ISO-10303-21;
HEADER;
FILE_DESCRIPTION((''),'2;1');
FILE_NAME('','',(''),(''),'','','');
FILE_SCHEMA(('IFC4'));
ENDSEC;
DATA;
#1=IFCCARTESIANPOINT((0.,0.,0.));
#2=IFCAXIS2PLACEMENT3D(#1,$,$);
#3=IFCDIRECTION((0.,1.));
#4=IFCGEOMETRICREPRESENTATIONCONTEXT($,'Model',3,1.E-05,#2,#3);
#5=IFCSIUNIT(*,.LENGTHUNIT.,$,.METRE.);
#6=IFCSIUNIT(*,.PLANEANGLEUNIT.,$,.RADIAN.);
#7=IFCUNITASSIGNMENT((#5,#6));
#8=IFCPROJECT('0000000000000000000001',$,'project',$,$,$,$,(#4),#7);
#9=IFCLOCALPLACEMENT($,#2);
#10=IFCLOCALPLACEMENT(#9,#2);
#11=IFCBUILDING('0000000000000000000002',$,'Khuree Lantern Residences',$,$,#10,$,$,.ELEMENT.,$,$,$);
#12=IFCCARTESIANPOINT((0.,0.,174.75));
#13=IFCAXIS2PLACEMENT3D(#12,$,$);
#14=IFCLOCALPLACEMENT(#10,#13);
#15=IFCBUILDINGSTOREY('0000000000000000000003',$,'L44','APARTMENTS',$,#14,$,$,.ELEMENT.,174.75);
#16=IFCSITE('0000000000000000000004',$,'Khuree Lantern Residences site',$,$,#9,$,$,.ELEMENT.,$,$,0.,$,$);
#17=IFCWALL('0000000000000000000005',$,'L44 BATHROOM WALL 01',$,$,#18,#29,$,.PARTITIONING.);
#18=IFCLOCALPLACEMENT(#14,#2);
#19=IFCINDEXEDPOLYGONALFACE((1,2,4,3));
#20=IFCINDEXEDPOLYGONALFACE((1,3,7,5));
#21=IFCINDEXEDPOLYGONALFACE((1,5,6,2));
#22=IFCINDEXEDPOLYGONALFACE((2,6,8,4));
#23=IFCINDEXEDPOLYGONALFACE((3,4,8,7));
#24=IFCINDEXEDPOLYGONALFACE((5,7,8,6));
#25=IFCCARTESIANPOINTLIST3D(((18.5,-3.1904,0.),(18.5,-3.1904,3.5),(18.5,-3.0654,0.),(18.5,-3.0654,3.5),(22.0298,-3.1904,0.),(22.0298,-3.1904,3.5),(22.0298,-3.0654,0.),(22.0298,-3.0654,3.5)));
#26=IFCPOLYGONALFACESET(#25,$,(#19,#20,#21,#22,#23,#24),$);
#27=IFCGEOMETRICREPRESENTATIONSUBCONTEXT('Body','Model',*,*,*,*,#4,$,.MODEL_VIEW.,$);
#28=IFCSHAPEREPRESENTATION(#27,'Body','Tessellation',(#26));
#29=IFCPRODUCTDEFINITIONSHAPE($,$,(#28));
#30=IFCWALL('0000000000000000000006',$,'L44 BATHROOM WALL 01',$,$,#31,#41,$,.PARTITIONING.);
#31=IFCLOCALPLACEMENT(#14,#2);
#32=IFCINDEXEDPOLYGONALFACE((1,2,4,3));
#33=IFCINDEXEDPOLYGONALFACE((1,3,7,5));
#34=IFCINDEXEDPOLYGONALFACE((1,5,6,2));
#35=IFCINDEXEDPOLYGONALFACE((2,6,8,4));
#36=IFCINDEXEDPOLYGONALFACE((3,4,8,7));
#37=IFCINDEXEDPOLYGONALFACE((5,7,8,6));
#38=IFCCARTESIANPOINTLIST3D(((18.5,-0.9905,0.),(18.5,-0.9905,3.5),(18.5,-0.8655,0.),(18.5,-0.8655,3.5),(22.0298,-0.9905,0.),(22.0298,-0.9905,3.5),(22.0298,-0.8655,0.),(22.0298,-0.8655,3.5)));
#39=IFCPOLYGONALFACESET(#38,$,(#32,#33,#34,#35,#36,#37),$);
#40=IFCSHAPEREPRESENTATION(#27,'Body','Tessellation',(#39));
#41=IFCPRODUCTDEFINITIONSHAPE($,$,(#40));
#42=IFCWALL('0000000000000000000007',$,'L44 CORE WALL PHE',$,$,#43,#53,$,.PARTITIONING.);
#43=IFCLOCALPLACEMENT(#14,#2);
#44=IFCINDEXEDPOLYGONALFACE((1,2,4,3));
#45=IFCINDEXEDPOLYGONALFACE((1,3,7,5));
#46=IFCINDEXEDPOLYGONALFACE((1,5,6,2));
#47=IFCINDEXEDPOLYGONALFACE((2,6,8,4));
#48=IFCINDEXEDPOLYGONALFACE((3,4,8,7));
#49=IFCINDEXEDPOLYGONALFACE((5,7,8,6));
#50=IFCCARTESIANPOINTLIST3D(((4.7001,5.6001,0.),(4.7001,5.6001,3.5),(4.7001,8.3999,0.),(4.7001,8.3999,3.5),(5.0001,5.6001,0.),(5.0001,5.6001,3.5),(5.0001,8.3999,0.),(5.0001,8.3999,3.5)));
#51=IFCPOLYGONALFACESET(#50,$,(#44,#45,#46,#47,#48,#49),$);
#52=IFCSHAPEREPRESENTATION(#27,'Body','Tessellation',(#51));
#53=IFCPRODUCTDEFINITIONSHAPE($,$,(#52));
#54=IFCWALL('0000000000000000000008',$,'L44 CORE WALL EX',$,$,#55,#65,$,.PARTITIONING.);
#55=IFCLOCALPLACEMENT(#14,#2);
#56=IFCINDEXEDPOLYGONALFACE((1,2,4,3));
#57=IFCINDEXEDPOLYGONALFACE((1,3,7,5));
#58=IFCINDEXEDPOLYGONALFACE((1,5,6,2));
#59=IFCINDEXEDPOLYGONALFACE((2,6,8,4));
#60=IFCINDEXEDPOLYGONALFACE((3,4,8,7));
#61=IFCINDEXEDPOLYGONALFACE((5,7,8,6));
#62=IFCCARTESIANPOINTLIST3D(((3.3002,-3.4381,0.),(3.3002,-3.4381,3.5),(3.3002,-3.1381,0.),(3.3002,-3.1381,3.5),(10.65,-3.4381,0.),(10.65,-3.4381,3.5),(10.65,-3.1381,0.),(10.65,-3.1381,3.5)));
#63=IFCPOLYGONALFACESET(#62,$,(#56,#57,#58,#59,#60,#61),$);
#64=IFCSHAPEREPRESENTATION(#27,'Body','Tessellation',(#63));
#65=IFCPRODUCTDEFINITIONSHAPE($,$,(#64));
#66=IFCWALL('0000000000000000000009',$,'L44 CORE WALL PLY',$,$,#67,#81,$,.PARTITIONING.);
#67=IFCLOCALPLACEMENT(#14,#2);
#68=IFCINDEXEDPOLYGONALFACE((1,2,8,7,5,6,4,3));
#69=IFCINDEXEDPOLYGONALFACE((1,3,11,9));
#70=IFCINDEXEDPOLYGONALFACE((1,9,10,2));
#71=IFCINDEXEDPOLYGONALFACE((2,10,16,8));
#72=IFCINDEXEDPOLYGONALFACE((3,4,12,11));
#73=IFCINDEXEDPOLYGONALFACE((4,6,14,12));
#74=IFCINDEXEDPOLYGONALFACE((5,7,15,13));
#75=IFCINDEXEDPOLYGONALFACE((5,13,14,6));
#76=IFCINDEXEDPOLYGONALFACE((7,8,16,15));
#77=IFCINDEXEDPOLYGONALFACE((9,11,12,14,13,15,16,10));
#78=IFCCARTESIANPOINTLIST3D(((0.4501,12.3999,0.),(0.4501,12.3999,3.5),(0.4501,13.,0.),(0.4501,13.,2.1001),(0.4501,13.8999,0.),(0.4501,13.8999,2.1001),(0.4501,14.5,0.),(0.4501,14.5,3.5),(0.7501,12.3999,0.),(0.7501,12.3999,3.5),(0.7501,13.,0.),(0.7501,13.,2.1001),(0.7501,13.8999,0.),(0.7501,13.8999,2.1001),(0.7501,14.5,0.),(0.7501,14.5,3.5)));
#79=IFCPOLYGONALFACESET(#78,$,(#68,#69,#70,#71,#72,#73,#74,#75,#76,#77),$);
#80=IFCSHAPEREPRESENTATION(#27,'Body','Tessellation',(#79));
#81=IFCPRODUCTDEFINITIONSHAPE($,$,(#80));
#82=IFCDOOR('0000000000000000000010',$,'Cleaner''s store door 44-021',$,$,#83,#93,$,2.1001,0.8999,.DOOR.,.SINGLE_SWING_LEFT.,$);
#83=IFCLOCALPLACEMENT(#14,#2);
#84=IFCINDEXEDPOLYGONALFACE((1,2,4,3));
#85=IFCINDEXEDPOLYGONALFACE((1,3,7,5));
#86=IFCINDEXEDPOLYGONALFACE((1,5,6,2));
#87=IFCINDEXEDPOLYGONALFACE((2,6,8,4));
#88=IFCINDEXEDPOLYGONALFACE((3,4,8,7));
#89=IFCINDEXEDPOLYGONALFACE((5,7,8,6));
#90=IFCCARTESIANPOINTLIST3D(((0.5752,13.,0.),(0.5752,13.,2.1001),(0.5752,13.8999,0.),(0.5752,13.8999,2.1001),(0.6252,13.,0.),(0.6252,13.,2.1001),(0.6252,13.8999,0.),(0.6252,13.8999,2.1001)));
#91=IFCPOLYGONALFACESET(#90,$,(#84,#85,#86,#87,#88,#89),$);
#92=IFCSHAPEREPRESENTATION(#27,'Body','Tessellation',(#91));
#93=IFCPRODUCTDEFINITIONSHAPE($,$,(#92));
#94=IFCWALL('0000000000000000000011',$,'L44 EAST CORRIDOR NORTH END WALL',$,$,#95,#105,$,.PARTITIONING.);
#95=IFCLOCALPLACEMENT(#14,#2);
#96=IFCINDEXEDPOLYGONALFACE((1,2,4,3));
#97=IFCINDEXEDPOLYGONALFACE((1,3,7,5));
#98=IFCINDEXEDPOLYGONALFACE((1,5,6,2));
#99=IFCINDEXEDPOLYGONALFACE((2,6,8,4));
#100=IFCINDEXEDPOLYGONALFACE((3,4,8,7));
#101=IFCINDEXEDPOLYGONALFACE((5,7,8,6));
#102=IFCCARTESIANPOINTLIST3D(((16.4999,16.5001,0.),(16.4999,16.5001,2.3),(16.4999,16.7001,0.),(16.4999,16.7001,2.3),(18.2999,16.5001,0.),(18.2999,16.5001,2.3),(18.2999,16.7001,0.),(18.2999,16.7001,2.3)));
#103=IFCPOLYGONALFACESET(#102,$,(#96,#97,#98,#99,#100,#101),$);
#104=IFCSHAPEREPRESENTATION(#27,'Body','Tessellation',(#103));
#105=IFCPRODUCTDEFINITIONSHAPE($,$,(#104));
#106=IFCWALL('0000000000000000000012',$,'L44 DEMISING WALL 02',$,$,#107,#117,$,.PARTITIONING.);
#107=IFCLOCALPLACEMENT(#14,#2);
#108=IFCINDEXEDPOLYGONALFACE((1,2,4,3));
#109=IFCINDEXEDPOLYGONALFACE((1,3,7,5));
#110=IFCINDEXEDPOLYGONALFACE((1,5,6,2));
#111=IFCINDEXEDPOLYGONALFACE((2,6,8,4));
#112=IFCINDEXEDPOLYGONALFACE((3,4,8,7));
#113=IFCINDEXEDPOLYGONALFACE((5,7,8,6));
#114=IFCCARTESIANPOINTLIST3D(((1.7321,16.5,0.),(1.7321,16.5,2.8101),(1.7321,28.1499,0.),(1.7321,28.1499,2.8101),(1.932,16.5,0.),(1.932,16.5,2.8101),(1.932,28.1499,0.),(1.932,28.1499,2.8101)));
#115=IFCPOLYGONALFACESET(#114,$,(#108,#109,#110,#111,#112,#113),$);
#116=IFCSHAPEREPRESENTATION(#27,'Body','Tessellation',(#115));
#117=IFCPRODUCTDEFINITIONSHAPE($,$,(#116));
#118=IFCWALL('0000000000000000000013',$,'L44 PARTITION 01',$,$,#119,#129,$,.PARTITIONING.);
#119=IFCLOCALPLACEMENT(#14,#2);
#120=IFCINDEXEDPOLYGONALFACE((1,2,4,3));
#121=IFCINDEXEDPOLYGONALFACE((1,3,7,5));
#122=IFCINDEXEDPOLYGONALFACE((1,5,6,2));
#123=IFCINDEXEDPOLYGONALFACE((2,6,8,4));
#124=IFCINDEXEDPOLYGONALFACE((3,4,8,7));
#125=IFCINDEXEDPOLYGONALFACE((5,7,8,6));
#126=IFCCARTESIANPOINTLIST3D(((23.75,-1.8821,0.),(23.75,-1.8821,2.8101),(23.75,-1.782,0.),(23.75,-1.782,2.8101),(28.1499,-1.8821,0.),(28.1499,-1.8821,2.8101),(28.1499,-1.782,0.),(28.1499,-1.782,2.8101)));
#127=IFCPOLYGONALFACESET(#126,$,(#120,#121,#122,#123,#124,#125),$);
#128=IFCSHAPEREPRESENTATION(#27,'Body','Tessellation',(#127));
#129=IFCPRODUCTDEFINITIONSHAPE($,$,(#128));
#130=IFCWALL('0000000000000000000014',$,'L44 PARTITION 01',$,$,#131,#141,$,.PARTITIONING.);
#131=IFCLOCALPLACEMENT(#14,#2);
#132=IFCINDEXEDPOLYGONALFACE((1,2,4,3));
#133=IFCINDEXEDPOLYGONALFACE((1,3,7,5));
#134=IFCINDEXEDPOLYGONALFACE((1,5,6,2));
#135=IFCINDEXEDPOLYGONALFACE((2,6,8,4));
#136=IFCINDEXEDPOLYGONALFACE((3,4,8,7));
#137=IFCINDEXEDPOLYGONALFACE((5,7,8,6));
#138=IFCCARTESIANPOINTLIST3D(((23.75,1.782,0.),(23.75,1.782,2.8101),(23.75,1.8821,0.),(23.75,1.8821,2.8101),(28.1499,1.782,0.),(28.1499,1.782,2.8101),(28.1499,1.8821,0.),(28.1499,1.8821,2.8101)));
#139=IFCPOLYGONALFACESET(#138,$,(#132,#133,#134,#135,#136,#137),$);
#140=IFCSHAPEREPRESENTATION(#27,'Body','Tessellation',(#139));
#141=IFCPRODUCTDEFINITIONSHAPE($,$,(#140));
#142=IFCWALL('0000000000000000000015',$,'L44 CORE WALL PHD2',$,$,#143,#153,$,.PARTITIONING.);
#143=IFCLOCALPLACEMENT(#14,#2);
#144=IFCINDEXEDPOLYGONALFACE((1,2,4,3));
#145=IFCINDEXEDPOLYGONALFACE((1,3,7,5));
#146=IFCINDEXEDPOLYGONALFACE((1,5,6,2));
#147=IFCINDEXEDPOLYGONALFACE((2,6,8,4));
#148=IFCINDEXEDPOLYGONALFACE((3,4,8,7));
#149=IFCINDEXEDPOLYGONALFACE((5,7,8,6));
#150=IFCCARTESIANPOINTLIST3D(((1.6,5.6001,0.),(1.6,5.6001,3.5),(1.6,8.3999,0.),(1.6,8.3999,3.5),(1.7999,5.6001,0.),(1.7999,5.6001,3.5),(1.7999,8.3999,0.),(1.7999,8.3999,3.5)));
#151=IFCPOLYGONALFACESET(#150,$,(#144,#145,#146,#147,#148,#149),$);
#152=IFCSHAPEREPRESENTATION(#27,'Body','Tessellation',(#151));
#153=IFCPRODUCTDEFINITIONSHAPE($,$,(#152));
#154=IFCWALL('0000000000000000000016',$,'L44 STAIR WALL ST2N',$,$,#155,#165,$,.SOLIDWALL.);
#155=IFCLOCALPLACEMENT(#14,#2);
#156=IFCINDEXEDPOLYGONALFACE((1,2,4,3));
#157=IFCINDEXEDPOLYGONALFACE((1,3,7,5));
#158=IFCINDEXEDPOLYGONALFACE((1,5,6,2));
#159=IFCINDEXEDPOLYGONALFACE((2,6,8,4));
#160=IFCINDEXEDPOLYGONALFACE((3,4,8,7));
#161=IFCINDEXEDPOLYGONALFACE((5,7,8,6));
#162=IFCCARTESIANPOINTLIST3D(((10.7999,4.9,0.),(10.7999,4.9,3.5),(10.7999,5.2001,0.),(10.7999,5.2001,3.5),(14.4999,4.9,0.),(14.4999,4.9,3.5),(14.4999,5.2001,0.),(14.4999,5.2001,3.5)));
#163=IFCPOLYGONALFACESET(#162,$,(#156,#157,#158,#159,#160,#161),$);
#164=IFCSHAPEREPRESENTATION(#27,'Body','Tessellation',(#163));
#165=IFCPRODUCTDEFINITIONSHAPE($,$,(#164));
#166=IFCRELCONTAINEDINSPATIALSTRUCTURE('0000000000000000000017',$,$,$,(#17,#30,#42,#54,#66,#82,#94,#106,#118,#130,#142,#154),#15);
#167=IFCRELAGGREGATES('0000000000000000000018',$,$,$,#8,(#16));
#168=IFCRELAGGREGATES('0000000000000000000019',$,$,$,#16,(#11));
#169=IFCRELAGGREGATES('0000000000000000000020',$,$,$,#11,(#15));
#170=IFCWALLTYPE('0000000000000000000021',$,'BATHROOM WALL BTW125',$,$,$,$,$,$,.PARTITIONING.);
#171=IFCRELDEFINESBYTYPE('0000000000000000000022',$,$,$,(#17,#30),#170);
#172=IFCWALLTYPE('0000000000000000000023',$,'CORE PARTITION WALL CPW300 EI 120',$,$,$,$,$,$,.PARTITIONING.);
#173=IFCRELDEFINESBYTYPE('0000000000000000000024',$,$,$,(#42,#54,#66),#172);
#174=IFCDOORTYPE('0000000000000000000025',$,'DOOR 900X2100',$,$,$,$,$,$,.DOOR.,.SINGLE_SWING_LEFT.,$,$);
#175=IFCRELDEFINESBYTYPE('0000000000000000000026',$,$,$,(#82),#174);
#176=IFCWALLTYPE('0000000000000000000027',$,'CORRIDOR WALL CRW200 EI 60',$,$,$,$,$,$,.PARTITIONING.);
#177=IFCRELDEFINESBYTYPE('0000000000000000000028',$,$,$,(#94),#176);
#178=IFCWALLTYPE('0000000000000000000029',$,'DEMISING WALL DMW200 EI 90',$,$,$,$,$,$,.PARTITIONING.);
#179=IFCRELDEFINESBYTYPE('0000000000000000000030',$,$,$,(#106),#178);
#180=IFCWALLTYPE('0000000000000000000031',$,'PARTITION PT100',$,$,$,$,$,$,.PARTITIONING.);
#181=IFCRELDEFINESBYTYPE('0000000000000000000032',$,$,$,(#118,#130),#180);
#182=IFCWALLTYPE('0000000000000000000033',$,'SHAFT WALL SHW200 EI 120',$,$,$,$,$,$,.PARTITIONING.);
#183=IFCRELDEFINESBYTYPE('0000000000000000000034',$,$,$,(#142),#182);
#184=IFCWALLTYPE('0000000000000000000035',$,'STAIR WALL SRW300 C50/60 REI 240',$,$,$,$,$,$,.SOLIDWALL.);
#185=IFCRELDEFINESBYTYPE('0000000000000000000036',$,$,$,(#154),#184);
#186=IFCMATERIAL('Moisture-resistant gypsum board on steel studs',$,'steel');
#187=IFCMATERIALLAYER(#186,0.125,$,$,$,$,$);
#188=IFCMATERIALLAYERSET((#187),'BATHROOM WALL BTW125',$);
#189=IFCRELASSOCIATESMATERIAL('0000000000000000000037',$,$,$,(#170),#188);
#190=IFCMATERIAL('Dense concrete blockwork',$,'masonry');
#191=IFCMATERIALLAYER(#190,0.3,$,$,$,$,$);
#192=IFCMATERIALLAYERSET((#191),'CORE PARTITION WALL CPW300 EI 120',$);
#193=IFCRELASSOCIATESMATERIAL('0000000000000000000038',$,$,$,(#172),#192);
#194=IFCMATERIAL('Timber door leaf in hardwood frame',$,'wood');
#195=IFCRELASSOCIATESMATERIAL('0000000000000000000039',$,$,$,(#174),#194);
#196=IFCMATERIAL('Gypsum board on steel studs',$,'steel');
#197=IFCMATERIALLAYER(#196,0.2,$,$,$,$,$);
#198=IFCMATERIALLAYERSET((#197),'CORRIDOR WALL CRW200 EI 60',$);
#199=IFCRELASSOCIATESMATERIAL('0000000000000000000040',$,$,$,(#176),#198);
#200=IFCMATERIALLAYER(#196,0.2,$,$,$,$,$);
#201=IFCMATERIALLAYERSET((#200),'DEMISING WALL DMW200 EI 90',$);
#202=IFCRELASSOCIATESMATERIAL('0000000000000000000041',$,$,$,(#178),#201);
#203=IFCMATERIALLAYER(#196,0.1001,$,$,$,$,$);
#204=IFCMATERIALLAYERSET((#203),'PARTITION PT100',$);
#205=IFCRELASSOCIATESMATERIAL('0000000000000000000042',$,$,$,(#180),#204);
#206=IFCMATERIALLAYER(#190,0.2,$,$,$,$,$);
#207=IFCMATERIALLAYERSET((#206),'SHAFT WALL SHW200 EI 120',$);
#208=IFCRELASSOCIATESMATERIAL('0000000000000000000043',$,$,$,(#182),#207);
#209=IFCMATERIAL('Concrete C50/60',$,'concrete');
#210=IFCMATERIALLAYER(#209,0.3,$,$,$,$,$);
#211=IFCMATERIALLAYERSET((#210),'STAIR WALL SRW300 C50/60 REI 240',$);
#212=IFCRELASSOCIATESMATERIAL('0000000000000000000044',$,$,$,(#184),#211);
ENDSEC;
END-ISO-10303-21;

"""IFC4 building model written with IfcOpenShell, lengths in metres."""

from ifc_helpers import new_model, si_unit, direction, frame, frame_2d, origin, place, context, subcontext, project, spatial, rectangle, extrude, material, layer, layer_set, type_object, element, fill, save


model = new_model("IFC4")

# Units and contexts
model_context = context("Model", 3, precision=1e-05, world=origin(), true_north=direction((0.0, 1.0)))
body_context = subcontext(model_context, "Body", "Model", "MODEL_VIEW")
ifc_project = project(units=[si_unit("LENGTHUNIT", "METRE"), si_unit("PLANEANGLEUNIT", "RADIAN")], contexts=[model_context])

# Site, building, storey
site_placement = place(None, origin())
site = spatial("IfcSite", under=ifc_project, at=site_placement, Name="Khuree Lantern Residences site", CompositionType="ELEMENT", RefElevation=0.0)
building_placement = place(site_placement, origin())
building = spatial("IfcBuilding", under=site, at=building_placement, Name="Khuree Lantern Residences", CompositionType="ELEMENT")
storey_placement = place(building_placement, frame((0.0, 0.0, 174.75)))
storey = spatial("IfcBuildingStorey", under=building, at=storey_placement, Name="L44", Description="APARTMENTS", CompositionType="ELEMENT", Elevation=174.75)

# Walls
ifc_material_1 = material(Name="Moisture-resistant gypsum board on steel studs", Category="steel")
ifc_layer_1 = layer(ifc_material_1, 0.125)
ifc_layer_set_1 = layer_set([ifc_layer_1], Name="BATHROOM WALL BTW125")
wall_type_1 = type_object("IfcWallType", Name="BATHROOM WALL BTW125", PredefinedType="PARTITIONING", material=ifc_layer_set_1)
for number, where, z_axis, x_axis, name in (
    (1, (18.5, -3.1279, 0.0), (0.0, 0.0, 1.0), (1.0, 0.0, 0.0), "L44 BATHROOM WALL 01"),
    (2, (18.5, -0.928, 0.0), (0.0, 0.0, 1.0), (1.0, 0.0, 0.0), "L44 BATHROOM WALL 01"),
):
    element("IfcWall", number, at=place(storey_placement, frame(where, z_axis=z_axis, x_axis=x_axis)), inside=storey, type_object=wall_type_1, Name=name, PredefinedType="PARTITIONING", context=body_context, shape_type="SweptSolid", body=[
        extrude(rectangle(XDim=3.5298, YDim=0.125, at=frame_2d((1.7649, 0.0))), origin(), (0.0, 0.0, 1.0), 3.5),
    ])
ifc_material_2 = material(Name="Dense concrete blockwork", Category="masonry")
ifc_layer_2 = layer(ifc_material_2, 0.3)
ifc_layer_set_2 = layer_set([ifc_layer_2], Name="CORE PARTITION WALL CPW300 EI 120")
wall_type_2 = type_object("IfcWallType", Name="CORE PARTITION WALL CPW300 EI 120", PredefinedType="PARTITIONING", material=ifc_layer_set_2)
wall_1_placement = place(storey_placement, frame((4.8501, 5.6001, 0.0), z_axis=(0.0, 0.0, 1.0), x_axis=(0.0, 1.0, 0.0)))
element("IfcWall", 3, at=wall_1_placement, inside=storey, type_object=wall_type_2, Name="L44 CORE WALL PHE", PredefinedType="PARTITIONING", context=body_context, shape_type="SweptSolid", body=[
    extrude(rectangle(XDim=2.7998, YDim=0.3, at=frame_2d((1.3999, 0.0))), origin(), (0.0, 0.0, 1.0), 3.5),
])
wall_2_placement = place(storey_placement, frame((10.6499, -3.2881, 0.0), z_axis=(0.0, 0.0, 1.0), x_axis=(-1.0, 0.0, 0.0)))
element("IfcWall", 4, at=wall_2_placement, inside=storey, type_object=wall_type_2, Name="L44 CORE WALL EX", PredefinedType="PARTITIONING", context=body_context, shape_type="SweptSolid", body=[
    extrude(rectangle(XDim=7.3499, YDim=0.3, at=frame_2d((3.6748, 0.0))), origin(), (0.0, 0.0, 1.0), 3.5),
])

# Wall, opening, door
wall_3_placement = place(storey_placement, frame((0.6001, 12.3999, 0.0), z_axis=(0.0, 0.0, 1.0), x_axis=(0.0, 1.0, 0.0)))
wall_3 = element("IfcWall", 5, at=wall_3_placement, inside=storey, type_object=wall_type_2, Name="L44 CORE WALL PLY", PredefinedType="PARTITIONING", context=body_context, shape_type="SweptSolid", body=[
    extrude(rectangle(XDim=2.1001, YDim=0.3, at=frame_2d((1.05, 0.0))), origin(), (0.0, 0.0, 1.0), 3.5),
])
opening_placement = place(wall_3_placement, frame((0.6001, 0.0, 0.0)))
opening = element("IfcOpeningElement", 6, at=opening_placement, cuts=wall_3, PredefinedType="OPENING", context=body_context, shape_type="SweptSolid", body=[
    extrude(rectangle(XDim=0.8999, YDim=2.1001, at=frame_2d((0.45, 1.05))), frame((0.0, 0.1602, 0.0), z_axis=(0.0, -1.0, 0.0), x_axis=(1.0, 0.0, 0.0)), (0.0, 0.0, 1.0), 0.3201),
])
ifc_material_3 = material(Name="Timber door leaf in hardwood frame", Category="wood")
door_type = type_object("IfcDoorType", Name="DOOR 900X2100", OperationType="SINGLE_SWING_LEFT", PredefinedType="DOOR", material=ifc_material_3)
door_placement = place(opening_placement, origin())
door = element("IfcDoor", 7, at=door_placement, inside=storey, type_object=door_type, Name="Cleaner's store door 44-021", OperationType="SINGLE_SWING_LEFT", OverallHeight=2.1001, OverallWidth=0.8999, PredefinedType="DOOR", context=body_context, shape_type="SweptSolid", body=[
    extrude(rectangle(XDim=0.8999, YDim=2.1001, at=frame_2d((0.45, 1.05))), frame((0.0, 0.0249, 0.0), z_axis=(0.0, -1.0, 0.0), x_axis=(1.0, 0.0, 0.0)), (0.0, 0.0, 1.0), 0.05),
])
fill(opening, door)

# Walls
ifc_material_4 = material(Name="Gypsum board on steel studs", Category="steel")
ifc_layer_3 = layer(ifc_material_4, 0.2)
ifc_layer_set_3 = layer_set([ifc_layer_3], Name="CORRIDOR WALL CRW200 EI 60")
wall_type_3 = type_object("IfcWallType", Name="CORRIDOR WALL CRW200 EI 60", PredefinedType="PARTITIONING", material=ifc_layer_set_3)
wall_4_placement = place(storey_placement, frame((16.5, 16.6001, 0.0), z_axis=(0.0, 0.0, 1.0), x_axis=(1.0, 0.0, 0.0)))
element("IfcWall", 8, at=wall_4_placement, inside=storey, type_object=wall_type_3, Name="L44 EAST CORRIDOR NORTH END WALL", PredefinedType="PARTITIONING", context=body_context, shape_type="SweptSolid", body=[
    extrude(rectangle(XDim=1.8, YDim=0.2, at=frame_2d((0.8999, 0.0))), origin(), (0.0, 0.0, 1.0), 2.3),
])
ifc_layer_4 = layer(ifc_material_4, 0.2)
ifc_layer_set_4 = layer_set([ifc_layer_4], Name="DEMISING WALL DMW200 EI 90")
wall_type_4 = type_object("IfcWallType", Name="DEMISING WALL DMW200 EI 90", PredefinedType="PARTITIONING", material=ifc_layer_set_4)
wall_5_placement = place(storey_placement, frame((1.832, 16.5, 0.0), z_axis=(0.0, 0.0, 1.0), x_axis=(0.0, 1.0, 0.0)))
element("IfcWall", 9, at=wall_5_placement, inside=storey, type_object=wall_type_4, Name="L44 DEMISING WALL 02", PredefinedType="PARTITIONING", context=body_context, shape_type="SweptSolid", body=[
    extrude(rectangle(XDim=11.6499, YDim=0.2, at=frame_2d((5.825, 0.0))), origin(), (0.0, 0.0, 1.0), 2.8101),
])
ifc_layer_5 = layer(ifc_material_4, 0.1001)
ifc_layer_set_5 = layer_set([ifc_layer_5], Name="PARTITION PT100")
wall_type_5 = type_object("IfcWallType", Name="PARTITION PT100", PredefinedType="PARTITIONING", material=ifc_layer_set_5)
for number, where, z_axis, x_axis, name in (
    (10, (23.75, -1.832, 0.0), (0.0, 0.0, 1.0), (1.0, 0.0, 0.0), "L44 PARTITION 01"),
    (11, (23.75, 1.832, 0.0), (0.0, 0.0, 1.0), (1.0, 0.0, 0.0), "L44 PARTITION 01"),
):
    element("IfcWall", number, at=place(storey_placement, frame(where, z_axis=z_axis, x_axis=x_axis)), inside=storey, type_object=wall_type_5, Name=name, PredefinedType="PARTITIONING", context=body_context, shape_type="SweptSolid", body=[
        extrude(rectangle(XDim=4.3999, YDim=0.1001, at=frame_2d((2.2, 0.0))), origin(), (0.0, 0.0, 1.0), 2.8101),
    ])
ifc_layer_6 = layer(ifc_material_2, 0.2)
ifc_layer_set_6 = layer_set([ifc_layer_6], Name="SHAFT WALL SHW200 EI 120")
wall_type_6 = type_object("IfcWallType", Name="SHAFT WALL SHW200 EI 120", PredefinedType="PARTITIONING", material=ifc_layer_set_6)
wall_6_placement = place(storey_placement, frame((1.7, 5.6001, 0.0), z_axis=(0.0, 0.0, 1.0), x_axis=(0.0, 1.0, 0.0)))
element("IfcWall", 12, at=wall_6_placement, inside=storey, type_object=wall_type_6, Name="L44 CORE WALL PHD2", PredefinedType="PARTITIONING", context=body_context, shape_type="SweptSolid", body=[
    extrude(rectangle(XDim=2.7998, YDim=0.2, at=frame_2d((1.3999, 0.0))), origin(), (0.0, 0.0, 1.0), 3.5),
])
ifc_material_5 = material(Name="Concrete C50/60", Category="concrete")
ifc_layer_7 = layer(ifc_material_5, 0.3)
ifc_layer_set_7 = layer_set([ifc_layer_7], Name="STAIR WALL SRW300 C50/60 REI 240")
wall_type_7 = type_object("IfcWallType", Name="STAIR WALL SRW300 C50/60 REI 240", PredefinedType="SOLIDWALL", material=ifc_layer_set_7)
wall_7_placement = place(storey_placement, frame((14.5, 5.05, 0.0), z_axis=(0.0, 0.0, 1.0), x_axis=(-1.0, 0.0, 0.0)))
element("IfcWall", 13, at=wall_7_placement, inside=storey, type_object=wall_type_7, Name="L44 STAIR WALL ST2N", PredefinedType="SOLIDWALL", context=body_context, shape_type="SweptSolid", body=[
    extrude(rectangle(XDim=3.7, YDim=0.3, at=frame_2d((1.8501, 0.0))), origin(), (0.0, 0.0, 1.0), 3.5),
])

save(model, "model.ifc")
